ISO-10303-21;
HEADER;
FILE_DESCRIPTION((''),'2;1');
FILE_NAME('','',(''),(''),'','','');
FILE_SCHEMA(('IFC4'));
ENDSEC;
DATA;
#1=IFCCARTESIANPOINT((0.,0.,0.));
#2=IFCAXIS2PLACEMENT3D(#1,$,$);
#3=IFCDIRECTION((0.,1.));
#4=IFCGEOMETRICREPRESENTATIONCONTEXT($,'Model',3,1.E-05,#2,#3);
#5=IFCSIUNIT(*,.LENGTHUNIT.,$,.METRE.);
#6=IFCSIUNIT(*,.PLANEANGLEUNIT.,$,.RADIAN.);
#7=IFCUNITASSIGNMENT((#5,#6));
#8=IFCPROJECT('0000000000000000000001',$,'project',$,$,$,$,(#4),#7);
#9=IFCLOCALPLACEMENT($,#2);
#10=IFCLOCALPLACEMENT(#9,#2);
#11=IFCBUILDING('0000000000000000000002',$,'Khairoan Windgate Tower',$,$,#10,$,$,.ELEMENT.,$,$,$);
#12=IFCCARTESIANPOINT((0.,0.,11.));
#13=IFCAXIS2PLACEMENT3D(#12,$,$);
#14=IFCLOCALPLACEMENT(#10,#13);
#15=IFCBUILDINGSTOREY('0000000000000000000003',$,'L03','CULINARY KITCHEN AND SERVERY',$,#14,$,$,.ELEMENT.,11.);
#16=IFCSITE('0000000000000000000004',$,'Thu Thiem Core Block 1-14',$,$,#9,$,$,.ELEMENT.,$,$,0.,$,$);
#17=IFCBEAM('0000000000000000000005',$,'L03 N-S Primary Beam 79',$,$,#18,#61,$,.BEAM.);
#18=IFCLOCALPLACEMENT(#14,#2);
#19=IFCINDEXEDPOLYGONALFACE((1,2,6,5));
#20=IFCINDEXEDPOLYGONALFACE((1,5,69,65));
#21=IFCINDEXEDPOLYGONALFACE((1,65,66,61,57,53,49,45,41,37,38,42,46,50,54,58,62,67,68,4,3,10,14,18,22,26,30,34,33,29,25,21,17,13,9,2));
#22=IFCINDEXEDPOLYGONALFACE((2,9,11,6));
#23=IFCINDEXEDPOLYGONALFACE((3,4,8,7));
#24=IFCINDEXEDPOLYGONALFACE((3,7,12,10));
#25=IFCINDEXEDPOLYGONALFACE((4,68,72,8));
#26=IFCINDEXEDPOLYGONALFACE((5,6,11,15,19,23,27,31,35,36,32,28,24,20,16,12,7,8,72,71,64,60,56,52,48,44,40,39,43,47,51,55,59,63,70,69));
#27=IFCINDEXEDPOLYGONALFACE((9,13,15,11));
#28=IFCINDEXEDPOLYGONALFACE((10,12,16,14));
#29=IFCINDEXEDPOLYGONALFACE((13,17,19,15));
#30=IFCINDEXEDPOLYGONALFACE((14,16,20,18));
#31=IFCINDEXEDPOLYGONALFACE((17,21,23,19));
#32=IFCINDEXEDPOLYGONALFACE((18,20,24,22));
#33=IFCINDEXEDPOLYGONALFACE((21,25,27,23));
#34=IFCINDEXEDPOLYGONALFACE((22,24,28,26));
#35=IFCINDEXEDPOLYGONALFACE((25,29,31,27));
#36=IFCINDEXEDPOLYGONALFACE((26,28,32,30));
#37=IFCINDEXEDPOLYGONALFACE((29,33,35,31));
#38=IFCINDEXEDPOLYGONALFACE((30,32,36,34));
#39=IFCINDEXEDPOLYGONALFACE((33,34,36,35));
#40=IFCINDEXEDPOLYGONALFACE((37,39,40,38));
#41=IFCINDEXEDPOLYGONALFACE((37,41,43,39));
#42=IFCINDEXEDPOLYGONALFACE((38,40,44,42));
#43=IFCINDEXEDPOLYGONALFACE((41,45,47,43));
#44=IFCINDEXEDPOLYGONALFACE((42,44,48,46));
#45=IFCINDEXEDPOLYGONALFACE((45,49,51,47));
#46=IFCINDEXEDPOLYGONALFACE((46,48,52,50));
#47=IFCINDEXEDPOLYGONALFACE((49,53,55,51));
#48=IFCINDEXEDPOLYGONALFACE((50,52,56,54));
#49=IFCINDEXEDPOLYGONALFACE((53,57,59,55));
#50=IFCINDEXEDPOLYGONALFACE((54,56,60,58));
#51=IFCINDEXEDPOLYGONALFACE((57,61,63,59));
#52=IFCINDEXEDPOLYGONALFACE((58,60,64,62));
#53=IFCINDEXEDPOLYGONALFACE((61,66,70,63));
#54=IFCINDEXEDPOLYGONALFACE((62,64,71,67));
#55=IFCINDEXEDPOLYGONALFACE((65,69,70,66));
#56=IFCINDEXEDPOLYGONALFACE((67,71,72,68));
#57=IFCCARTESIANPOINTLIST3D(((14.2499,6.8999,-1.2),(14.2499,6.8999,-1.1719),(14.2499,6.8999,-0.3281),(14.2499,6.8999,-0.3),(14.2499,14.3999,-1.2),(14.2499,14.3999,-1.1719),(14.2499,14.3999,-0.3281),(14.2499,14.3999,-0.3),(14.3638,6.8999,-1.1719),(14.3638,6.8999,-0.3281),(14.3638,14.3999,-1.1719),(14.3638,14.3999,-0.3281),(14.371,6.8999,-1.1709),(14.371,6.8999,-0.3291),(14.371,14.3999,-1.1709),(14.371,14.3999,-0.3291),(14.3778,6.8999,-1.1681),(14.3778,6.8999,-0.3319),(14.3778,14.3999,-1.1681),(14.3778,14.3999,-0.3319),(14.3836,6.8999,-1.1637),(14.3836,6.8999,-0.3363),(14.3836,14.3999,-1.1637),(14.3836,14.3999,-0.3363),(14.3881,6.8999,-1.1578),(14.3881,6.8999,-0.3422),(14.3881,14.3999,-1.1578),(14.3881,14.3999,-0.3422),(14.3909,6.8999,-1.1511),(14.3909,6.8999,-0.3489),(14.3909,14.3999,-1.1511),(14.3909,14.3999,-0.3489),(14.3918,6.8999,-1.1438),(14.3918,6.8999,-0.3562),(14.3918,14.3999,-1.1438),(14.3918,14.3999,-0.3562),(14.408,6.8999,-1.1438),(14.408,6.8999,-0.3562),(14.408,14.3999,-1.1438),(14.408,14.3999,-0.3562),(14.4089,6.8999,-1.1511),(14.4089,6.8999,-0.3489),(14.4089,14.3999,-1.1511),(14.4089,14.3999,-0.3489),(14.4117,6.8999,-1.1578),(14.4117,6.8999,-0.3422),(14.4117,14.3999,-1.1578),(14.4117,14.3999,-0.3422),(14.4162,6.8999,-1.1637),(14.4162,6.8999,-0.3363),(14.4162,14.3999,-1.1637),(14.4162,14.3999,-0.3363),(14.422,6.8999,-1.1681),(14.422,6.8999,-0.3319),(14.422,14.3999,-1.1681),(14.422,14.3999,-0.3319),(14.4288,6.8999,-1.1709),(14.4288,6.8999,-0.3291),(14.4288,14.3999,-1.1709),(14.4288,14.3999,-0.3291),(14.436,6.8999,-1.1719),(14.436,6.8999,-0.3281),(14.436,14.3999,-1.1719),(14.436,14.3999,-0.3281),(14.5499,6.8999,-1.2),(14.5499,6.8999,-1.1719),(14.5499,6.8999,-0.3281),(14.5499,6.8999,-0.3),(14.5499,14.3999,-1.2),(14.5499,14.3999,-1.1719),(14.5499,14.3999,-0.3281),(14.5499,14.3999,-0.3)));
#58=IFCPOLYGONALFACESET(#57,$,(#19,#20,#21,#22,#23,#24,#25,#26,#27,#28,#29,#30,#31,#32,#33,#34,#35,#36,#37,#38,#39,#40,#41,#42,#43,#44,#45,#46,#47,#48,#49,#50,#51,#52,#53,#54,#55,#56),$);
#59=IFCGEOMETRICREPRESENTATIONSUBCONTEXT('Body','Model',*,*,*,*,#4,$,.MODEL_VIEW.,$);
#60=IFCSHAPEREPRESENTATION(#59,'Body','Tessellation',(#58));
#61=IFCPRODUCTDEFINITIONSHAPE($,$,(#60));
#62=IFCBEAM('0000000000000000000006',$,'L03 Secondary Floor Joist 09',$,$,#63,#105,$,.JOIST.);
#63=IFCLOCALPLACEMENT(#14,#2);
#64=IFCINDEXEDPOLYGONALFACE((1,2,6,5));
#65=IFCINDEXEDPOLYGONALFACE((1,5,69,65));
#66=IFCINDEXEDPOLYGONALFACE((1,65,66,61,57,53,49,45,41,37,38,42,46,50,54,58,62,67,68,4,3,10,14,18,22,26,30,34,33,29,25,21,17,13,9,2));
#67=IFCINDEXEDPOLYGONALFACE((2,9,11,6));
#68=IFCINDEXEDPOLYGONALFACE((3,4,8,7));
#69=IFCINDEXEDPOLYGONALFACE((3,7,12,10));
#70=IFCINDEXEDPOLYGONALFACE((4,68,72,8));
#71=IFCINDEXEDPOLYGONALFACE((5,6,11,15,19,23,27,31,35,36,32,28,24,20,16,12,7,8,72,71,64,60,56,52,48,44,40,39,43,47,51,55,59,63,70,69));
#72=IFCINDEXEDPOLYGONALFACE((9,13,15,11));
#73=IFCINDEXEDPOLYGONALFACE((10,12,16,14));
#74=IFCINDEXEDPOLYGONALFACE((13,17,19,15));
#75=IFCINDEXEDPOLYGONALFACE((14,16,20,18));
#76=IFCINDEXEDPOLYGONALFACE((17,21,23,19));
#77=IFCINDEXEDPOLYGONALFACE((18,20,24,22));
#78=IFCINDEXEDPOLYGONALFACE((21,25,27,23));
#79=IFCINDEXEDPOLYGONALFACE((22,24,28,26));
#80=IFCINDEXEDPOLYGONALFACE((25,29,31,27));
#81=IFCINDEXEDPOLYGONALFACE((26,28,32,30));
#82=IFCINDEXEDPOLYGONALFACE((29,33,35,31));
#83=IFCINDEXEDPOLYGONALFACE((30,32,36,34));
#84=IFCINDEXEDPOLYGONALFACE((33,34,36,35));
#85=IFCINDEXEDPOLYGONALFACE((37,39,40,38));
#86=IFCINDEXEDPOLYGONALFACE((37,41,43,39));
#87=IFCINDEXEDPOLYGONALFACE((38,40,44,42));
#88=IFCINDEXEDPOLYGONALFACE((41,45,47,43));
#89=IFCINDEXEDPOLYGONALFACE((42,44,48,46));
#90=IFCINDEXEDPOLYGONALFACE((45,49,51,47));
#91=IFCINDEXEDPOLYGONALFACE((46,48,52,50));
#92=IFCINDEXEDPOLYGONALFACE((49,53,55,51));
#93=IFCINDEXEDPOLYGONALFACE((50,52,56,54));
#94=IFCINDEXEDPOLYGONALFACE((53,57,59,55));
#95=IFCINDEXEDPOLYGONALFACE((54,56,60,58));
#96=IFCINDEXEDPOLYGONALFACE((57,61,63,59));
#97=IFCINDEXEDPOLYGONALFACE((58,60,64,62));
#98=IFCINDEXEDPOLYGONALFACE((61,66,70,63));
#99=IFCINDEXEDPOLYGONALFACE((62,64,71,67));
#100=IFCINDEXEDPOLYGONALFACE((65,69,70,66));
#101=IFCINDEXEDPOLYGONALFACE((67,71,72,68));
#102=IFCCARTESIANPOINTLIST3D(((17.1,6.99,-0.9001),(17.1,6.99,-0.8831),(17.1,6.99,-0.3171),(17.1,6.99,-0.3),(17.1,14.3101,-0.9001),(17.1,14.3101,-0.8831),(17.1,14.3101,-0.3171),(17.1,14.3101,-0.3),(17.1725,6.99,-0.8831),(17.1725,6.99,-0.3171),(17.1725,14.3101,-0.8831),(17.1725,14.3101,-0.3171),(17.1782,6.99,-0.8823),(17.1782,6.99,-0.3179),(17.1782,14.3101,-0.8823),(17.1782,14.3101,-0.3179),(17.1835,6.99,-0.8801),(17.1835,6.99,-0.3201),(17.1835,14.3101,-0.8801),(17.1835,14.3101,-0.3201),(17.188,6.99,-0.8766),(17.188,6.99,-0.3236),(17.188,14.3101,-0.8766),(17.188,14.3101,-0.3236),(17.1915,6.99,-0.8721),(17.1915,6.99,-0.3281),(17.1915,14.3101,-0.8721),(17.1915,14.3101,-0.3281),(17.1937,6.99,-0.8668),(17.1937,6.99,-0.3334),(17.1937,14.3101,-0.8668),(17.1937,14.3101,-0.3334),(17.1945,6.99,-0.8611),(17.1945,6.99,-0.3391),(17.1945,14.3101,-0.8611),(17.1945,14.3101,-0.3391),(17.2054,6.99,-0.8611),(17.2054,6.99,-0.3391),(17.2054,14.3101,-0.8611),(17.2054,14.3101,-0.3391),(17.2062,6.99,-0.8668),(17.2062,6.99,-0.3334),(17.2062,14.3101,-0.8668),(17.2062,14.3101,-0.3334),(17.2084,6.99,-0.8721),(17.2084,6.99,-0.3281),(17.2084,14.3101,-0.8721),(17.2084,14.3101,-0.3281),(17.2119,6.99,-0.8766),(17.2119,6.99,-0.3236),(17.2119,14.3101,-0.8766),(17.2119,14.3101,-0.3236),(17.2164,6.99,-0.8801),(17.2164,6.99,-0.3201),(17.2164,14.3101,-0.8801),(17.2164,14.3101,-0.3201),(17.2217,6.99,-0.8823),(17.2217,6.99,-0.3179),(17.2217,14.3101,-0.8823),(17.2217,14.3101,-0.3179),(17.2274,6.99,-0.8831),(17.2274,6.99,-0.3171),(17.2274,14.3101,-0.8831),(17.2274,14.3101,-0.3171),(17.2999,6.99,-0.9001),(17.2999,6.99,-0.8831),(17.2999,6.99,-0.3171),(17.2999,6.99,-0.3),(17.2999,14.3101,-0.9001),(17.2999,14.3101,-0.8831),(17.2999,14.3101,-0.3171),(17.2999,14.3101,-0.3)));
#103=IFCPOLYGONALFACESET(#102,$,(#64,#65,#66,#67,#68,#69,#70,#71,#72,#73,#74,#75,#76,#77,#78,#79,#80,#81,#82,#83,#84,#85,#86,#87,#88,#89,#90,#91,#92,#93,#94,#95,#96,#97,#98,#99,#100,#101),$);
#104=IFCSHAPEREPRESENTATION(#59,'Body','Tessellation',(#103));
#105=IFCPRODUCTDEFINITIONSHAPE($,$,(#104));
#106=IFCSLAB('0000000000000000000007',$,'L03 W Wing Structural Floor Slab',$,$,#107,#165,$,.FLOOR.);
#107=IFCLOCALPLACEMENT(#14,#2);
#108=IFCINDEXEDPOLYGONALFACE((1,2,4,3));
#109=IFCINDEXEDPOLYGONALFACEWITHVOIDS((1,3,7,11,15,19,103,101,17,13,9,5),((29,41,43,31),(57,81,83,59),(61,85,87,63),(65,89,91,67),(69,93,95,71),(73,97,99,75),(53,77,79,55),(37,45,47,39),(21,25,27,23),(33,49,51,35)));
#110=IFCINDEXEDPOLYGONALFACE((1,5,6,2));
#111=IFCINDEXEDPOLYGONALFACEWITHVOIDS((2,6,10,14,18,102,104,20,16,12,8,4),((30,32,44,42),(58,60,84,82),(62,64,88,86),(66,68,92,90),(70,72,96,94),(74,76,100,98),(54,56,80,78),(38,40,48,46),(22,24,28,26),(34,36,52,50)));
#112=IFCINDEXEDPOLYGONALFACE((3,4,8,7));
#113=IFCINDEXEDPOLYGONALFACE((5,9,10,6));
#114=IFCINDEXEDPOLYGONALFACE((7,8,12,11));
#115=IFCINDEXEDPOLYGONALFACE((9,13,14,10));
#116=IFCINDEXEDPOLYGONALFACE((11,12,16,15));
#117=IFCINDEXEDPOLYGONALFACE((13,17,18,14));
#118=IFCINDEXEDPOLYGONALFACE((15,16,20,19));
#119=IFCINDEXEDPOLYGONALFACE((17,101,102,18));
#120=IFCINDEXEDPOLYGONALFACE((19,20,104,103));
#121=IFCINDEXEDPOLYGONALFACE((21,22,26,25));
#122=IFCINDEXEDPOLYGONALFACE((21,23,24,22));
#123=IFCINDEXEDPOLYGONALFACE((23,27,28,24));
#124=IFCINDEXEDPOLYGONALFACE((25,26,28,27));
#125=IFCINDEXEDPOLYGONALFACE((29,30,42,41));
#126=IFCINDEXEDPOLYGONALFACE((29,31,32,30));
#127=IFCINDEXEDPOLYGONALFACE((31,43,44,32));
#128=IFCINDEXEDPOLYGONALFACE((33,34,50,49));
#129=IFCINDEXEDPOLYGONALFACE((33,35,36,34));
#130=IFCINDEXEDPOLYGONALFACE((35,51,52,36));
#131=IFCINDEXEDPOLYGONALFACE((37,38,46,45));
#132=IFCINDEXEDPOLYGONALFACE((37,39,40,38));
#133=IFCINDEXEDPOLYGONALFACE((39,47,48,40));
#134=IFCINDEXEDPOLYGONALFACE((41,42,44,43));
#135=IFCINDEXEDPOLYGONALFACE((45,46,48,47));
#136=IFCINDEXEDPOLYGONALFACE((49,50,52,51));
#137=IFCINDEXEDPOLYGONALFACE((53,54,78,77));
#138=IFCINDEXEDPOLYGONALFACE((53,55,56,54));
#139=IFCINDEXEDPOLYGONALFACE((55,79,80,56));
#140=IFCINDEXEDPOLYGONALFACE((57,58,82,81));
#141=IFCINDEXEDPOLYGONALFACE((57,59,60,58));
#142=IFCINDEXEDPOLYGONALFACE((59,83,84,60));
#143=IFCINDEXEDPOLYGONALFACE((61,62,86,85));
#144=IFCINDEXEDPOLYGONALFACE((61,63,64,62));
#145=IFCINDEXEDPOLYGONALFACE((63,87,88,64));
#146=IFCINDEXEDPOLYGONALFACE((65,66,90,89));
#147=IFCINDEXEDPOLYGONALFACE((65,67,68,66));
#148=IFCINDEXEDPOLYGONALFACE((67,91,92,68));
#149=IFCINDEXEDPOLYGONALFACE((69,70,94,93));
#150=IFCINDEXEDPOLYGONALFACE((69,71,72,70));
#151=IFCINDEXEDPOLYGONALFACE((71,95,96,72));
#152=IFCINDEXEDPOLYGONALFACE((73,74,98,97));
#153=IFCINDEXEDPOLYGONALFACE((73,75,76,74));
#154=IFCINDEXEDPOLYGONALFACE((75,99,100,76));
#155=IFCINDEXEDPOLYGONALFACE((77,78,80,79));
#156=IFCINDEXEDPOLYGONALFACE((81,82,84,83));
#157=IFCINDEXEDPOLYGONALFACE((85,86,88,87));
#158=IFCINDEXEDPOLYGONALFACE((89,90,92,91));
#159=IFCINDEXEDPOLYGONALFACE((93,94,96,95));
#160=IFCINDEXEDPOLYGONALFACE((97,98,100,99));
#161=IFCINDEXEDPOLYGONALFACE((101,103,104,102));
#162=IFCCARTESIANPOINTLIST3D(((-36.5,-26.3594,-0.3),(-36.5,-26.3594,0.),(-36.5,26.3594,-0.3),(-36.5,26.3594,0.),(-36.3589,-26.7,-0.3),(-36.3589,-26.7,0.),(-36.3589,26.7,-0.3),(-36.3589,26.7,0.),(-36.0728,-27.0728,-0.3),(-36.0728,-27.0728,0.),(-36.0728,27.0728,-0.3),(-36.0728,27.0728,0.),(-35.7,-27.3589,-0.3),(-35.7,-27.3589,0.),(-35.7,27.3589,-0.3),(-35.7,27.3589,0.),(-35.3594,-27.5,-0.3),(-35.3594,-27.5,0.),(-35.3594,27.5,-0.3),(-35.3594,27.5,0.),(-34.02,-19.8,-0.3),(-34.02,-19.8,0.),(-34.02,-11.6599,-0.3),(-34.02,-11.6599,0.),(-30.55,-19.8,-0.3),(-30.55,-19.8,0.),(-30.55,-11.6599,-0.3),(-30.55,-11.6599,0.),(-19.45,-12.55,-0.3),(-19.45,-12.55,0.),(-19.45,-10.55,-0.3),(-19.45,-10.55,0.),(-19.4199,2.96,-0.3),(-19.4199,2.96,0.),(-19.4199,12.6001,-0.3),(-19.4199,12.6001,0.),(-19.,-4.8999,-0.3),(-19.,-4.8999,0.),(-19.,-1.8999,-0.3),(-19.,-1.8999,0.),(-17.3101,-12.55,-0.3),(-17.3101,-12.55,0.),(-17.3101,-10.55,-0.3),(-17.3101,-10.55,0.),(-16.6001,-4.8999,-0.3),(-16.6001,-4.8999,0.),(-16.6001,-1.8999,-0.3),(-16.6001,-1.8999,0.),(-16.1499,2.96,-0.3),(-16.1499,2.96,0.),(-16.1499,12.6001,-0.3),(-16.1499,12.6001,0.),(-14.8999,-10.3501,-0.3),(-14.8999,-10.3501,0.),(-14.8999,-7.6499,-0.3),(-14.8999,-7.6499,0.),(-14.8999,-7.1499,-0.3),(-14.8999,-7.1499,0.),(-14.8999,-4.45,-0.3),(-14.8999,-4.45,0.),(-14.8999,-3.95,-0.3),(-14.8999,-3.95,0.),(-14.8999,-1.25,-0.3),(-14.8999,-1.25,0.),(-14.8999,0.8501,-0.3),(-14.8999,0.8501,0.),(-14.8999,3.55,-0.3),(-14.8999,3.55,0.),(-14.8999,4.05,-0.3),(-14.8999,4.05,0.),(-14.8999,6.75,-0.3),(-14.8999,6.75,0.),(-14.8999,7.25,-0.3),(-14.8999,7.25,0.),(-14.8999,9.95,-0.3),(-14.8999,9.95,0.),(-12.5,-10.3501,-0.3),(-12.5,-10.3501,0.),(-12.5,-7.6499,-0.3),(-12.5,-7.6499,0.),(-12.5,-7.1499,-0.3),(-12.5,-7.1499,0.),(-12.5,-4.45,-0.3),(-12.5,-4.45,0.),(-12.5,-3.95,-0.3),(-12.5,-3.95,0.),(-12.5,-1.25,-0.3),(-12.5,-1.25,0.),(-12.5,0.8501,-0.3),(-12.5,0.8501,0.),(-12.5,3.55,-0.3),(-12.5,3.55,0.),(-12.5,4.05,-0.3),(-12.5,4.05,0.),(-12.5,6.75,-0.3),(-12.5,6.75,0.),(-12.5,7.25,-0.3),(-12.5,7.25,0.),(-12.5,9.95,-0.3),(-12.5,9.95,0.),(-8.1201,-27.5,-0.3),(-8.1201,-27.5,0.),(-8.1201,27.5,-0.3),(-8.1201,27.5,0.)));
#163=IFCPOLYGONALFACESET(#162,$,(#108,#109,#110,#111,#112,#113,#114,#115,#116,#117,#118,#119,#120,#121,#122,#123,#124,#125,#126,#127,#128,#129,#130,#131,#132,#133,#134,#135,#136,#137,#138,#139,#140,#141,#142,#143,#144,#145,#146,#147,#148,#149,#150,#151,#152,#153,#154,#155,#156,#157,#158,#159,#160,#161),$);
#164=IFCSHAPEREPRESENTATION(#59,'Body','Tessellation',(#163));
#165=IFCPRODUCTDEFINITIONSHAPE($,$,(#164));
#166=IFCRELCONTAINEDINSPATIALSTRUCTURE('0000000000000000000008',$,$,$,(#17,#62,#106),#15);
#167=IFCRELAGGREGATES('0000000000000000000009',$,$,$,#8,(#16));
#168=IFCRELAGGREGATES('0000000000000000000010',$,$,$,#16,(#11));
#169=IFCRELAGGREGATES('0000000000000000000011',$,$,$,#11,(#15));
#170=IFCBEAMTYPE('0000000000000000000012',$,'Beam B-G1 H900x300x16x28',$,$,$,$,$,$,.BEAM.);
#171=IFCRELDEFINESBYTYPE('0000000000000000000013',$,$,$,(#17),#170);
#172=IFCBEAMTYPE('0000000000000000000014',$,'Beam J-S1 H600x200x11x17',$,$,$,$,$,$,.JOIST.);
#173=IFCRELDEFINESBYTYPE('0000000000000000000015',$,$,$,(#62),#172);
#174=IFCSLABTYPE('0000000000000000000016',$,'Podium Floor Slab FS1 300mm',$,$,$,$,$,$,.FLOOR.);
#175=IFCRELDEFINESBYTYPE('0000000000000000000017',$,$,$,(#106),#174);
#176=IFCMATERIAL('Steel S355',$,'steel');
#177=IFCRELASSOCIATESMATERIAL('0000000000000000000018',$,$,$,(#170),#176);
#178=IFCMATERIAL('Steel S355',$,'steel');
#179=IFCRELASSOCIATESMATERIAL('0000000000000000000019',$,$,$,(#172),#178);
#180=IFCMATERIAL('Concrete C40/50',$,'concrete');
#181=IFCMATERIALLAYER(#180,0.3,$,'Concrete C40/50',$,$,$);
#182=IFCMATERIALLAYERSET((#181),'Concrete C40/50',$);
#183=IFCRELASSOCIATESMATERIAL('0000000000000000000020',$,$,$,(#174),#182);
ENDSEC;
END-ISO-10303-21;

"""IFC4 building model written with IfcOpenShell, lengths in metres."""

from ifc_helpers import new_model, si_unit, direction, frame, origin, origin_2d, place, context, subcontext, project, spatial, polyline, i_section, outline, extrude, material, layer, layer_set, material_profile, profile_set, type_object, element, save


model = new_model("IFC4")

# Units and contexts
model_context = context("Model", 3, precision=1e-05, world=origin(), true_north=direction((0.0, 1.0)))
body_context = subcontext(model_context, "Body", "Model", "MODEL_VIEW")
ifc_project = project(units=[si_unit("LENGTHUNIT", "METRE"), si_unit("PLANEANGLEUNIT", "RADIAN")], contexts=[model_context])

# Site, building, storey
site_placement = place(None, origin())
site = spatial("IfcSite", under=ifc_project, at=site_placement, Name="Thu Thiem Core Block 1-14", CompositionType="ELEMENT", RefElevation=0.0)
building_placement = place(site_placement, origin())
building = spatial("IfcBuilding", under=site, at=building_placement, Name="Khairoan Windgate Tower", CompositionType="ELEMENT")
storey_placement = place(building_placement, frame((0.0, 0.0, 11.0)))
storey = spatial("IfcBuildingStorey", under=building, at=storey_placement, Name="L03", Description="CULINARY KITCHEN AND SERVERY", CompositionType="ELEMENT", Elevation=11.0)

# Beams
ifc_material_1 = material(Name="Steel S355", Category="steel")
ifc_material_profile_1 = material_profile(ifc_material_1, i_section(OverallWidth=0.3, OverallDepth=0.8999, WebThickness=0.0161, FlangeThickness=0.0281, FilletRadius=0.0281, at=origin_2d()))
ifc_profile_set_1 = profile_set([ifc_material_profile_1], Name="Steel S355")
beam_type_1 = type_object("IfcBeamType", Name="Beam B-G1 H900x300x16x28", PredefinedType="BEAM", material=ifc_profile_set_1)
beam_1_placement = place(storey_placement, frame((14.3999, 6.8999, -0.75), z_axis=(0.0, 1.0, 0.0), x_axis=(-1.0, 0.0, 0.0)))
element("IfcBeam", 1, at=beam_1_placement, inside=storey, type_object=beam_type_1, Name="L03 N-S Primary Beam 79", PredefinedType="BEAM", context=body_context, shape_type="SweptSolid", body=[
    extrude(i_section(OverallWidth=0.3, OverallDepth=0.8999, WebThickness=0.0161, FlangeThickness=0.0281, FilletRadius=0.0281, at=origin_2d()), origin(), (0.0, 0.0, 1.0), 7.5),
])
ifc_material_2 = material(Name="Steel S355", Category="steel")
ifc_material_profile_2 = material_profile(ifc_material_2, i_section(OverallWidth=0.2, OverallDepth=0.6001, WebThickness=0.011, FlangeThickness=0.0171, FilletRadius=0.022, at=origin_2d()))
ifc_profile_set_2 = profile_set([ifc_material_profile_2], Name="Steel S355")
beam_type_2 = type_object("IfcBeamType", Name="Beam J-S1 H600x200x11x17", PredefinedType="JOIST", material=ifc_profile_set_2)
beam_2_placement = place(storey_placement, frame((17.2, 6.99, -0.6001), z_axis=(0.0, 1.0, 0.0), x_axis=(-1.0, 0.0, 0.0)))
element("IfcBeam", 2, at=beam_2_placement, inside=storey, type_object=beam_type_2, Name="L03 Secondary Floor Joist 09", PredefinedType="JOIST", context=body_context, shape_type="SweptSolid", body=[
    extrude(i_section(OverallWidth=0.2, OverallDepth=0.6001, WebThickness=0.011, FlangeThickness=0.0171, FilletRadius=0.022, at=origin_2d()), origin(), (0.0, 0.0, 1.0), 7.3201),
])

# Slab
ifc_material_3 = material(Name="Concrete C40/50", Category="concrete")
ifc_layer_1 = layer(ifc_material_3, 0.3, Name="Concrete C40/50")
ifc_layer_set_1 = layer_set([ifc_layer_1], Name="Concrete C40/50")
slab_type_1 = type_object("IfcSlabType", Name="Podium Floor Slab FS1 300mm", PredefinedType="FLOOR", material=ifc_layer_set_1)
slab_1_placement = place(storey_placement, frame((0.0, 0.0, -0.3)))
element("IfcSlab", 3, at=slab_1_placement, inside=storey, type_object=slab_type_1, Name="L03 W Wing Structural Floor Slab", PredefinedType="FLOOR", context=body_context, shape_type="SweptSolid", body=[
    extrude(outline(polyline([(-36.3589, 26.7), (-36.0728, 27.0728), (-35.7, 27.3589), (-35.3594, 27.5), (-8.1201, 27.5), (-8.1201, -27.5), (-35.3594, -27.5), (-35.7, -27.3589), (-36.0728, -27.0728), (-36.3589, -26.7), (-36.5, -26.3594), (-36.5, 26.3594), (-36.3589, 26.7)]), holes=[polyline([(-16.1499, 2.96), (-16.1499, 12.6001), (-19.4199, 12.6001), (-19.4199, 2.96), (-16.1499, 2.96)]), polyline([(-34.02, -11.6599), (-34.02, -19.8), (-30.55, -19.8), (-30.55, -11.6599), (-34.02, -11.6599)]), polyline([(-14.8999, 7.25), (-12.5, 7.25), (-12.5, 9.95), (-14.8999, 9.95), (-14.8999, 7.25)]), polyline([(-14.8999, 4.05), (-12.5, 4.05), (-12.5, 6.75), (-14.8999, 6.75), (-14.8999, 4.05)]), polyline([(-14.8999, 0.8501), (-12.5, 0.8501), (-12.5, 3.55), (-14.8999, 3.55), (-14.8999, 0.8501)]), polyline([(-14.8999, -3.95), (-12.5, -3.95), (-12.5, -1.25), (-14.8999, -1.25), (-14.8999, -3.95)]), polyline([(-14.8999, -7.1499), (-12.5, -7.1499), (-12.5, -4.45), (-14.8999, -4.45), (-14.8999, -7.1499)]), polyline([(-14.8999, -10.3501), (-12.5, -10.3501), (-12.5, -7.6499), (-14.8999, -7.6499), (-14.8999, -10.3501)]), polyline([(-19.0, -4.8999), (-16.6001, -4.8999), (-16.6001, -1.8999), (-19.0, -1.8999), (-19.0, -4.8999)]), polyline([(-19.45, -12.55), (-17.3101, -12.55), (-17.3101, -10.55), (-19.45, -10.55), (-19.45, -12.55)])]), origin(), (0.0, 0.0, 1.0), 0.3),
])

save(model, "model.ifc")
